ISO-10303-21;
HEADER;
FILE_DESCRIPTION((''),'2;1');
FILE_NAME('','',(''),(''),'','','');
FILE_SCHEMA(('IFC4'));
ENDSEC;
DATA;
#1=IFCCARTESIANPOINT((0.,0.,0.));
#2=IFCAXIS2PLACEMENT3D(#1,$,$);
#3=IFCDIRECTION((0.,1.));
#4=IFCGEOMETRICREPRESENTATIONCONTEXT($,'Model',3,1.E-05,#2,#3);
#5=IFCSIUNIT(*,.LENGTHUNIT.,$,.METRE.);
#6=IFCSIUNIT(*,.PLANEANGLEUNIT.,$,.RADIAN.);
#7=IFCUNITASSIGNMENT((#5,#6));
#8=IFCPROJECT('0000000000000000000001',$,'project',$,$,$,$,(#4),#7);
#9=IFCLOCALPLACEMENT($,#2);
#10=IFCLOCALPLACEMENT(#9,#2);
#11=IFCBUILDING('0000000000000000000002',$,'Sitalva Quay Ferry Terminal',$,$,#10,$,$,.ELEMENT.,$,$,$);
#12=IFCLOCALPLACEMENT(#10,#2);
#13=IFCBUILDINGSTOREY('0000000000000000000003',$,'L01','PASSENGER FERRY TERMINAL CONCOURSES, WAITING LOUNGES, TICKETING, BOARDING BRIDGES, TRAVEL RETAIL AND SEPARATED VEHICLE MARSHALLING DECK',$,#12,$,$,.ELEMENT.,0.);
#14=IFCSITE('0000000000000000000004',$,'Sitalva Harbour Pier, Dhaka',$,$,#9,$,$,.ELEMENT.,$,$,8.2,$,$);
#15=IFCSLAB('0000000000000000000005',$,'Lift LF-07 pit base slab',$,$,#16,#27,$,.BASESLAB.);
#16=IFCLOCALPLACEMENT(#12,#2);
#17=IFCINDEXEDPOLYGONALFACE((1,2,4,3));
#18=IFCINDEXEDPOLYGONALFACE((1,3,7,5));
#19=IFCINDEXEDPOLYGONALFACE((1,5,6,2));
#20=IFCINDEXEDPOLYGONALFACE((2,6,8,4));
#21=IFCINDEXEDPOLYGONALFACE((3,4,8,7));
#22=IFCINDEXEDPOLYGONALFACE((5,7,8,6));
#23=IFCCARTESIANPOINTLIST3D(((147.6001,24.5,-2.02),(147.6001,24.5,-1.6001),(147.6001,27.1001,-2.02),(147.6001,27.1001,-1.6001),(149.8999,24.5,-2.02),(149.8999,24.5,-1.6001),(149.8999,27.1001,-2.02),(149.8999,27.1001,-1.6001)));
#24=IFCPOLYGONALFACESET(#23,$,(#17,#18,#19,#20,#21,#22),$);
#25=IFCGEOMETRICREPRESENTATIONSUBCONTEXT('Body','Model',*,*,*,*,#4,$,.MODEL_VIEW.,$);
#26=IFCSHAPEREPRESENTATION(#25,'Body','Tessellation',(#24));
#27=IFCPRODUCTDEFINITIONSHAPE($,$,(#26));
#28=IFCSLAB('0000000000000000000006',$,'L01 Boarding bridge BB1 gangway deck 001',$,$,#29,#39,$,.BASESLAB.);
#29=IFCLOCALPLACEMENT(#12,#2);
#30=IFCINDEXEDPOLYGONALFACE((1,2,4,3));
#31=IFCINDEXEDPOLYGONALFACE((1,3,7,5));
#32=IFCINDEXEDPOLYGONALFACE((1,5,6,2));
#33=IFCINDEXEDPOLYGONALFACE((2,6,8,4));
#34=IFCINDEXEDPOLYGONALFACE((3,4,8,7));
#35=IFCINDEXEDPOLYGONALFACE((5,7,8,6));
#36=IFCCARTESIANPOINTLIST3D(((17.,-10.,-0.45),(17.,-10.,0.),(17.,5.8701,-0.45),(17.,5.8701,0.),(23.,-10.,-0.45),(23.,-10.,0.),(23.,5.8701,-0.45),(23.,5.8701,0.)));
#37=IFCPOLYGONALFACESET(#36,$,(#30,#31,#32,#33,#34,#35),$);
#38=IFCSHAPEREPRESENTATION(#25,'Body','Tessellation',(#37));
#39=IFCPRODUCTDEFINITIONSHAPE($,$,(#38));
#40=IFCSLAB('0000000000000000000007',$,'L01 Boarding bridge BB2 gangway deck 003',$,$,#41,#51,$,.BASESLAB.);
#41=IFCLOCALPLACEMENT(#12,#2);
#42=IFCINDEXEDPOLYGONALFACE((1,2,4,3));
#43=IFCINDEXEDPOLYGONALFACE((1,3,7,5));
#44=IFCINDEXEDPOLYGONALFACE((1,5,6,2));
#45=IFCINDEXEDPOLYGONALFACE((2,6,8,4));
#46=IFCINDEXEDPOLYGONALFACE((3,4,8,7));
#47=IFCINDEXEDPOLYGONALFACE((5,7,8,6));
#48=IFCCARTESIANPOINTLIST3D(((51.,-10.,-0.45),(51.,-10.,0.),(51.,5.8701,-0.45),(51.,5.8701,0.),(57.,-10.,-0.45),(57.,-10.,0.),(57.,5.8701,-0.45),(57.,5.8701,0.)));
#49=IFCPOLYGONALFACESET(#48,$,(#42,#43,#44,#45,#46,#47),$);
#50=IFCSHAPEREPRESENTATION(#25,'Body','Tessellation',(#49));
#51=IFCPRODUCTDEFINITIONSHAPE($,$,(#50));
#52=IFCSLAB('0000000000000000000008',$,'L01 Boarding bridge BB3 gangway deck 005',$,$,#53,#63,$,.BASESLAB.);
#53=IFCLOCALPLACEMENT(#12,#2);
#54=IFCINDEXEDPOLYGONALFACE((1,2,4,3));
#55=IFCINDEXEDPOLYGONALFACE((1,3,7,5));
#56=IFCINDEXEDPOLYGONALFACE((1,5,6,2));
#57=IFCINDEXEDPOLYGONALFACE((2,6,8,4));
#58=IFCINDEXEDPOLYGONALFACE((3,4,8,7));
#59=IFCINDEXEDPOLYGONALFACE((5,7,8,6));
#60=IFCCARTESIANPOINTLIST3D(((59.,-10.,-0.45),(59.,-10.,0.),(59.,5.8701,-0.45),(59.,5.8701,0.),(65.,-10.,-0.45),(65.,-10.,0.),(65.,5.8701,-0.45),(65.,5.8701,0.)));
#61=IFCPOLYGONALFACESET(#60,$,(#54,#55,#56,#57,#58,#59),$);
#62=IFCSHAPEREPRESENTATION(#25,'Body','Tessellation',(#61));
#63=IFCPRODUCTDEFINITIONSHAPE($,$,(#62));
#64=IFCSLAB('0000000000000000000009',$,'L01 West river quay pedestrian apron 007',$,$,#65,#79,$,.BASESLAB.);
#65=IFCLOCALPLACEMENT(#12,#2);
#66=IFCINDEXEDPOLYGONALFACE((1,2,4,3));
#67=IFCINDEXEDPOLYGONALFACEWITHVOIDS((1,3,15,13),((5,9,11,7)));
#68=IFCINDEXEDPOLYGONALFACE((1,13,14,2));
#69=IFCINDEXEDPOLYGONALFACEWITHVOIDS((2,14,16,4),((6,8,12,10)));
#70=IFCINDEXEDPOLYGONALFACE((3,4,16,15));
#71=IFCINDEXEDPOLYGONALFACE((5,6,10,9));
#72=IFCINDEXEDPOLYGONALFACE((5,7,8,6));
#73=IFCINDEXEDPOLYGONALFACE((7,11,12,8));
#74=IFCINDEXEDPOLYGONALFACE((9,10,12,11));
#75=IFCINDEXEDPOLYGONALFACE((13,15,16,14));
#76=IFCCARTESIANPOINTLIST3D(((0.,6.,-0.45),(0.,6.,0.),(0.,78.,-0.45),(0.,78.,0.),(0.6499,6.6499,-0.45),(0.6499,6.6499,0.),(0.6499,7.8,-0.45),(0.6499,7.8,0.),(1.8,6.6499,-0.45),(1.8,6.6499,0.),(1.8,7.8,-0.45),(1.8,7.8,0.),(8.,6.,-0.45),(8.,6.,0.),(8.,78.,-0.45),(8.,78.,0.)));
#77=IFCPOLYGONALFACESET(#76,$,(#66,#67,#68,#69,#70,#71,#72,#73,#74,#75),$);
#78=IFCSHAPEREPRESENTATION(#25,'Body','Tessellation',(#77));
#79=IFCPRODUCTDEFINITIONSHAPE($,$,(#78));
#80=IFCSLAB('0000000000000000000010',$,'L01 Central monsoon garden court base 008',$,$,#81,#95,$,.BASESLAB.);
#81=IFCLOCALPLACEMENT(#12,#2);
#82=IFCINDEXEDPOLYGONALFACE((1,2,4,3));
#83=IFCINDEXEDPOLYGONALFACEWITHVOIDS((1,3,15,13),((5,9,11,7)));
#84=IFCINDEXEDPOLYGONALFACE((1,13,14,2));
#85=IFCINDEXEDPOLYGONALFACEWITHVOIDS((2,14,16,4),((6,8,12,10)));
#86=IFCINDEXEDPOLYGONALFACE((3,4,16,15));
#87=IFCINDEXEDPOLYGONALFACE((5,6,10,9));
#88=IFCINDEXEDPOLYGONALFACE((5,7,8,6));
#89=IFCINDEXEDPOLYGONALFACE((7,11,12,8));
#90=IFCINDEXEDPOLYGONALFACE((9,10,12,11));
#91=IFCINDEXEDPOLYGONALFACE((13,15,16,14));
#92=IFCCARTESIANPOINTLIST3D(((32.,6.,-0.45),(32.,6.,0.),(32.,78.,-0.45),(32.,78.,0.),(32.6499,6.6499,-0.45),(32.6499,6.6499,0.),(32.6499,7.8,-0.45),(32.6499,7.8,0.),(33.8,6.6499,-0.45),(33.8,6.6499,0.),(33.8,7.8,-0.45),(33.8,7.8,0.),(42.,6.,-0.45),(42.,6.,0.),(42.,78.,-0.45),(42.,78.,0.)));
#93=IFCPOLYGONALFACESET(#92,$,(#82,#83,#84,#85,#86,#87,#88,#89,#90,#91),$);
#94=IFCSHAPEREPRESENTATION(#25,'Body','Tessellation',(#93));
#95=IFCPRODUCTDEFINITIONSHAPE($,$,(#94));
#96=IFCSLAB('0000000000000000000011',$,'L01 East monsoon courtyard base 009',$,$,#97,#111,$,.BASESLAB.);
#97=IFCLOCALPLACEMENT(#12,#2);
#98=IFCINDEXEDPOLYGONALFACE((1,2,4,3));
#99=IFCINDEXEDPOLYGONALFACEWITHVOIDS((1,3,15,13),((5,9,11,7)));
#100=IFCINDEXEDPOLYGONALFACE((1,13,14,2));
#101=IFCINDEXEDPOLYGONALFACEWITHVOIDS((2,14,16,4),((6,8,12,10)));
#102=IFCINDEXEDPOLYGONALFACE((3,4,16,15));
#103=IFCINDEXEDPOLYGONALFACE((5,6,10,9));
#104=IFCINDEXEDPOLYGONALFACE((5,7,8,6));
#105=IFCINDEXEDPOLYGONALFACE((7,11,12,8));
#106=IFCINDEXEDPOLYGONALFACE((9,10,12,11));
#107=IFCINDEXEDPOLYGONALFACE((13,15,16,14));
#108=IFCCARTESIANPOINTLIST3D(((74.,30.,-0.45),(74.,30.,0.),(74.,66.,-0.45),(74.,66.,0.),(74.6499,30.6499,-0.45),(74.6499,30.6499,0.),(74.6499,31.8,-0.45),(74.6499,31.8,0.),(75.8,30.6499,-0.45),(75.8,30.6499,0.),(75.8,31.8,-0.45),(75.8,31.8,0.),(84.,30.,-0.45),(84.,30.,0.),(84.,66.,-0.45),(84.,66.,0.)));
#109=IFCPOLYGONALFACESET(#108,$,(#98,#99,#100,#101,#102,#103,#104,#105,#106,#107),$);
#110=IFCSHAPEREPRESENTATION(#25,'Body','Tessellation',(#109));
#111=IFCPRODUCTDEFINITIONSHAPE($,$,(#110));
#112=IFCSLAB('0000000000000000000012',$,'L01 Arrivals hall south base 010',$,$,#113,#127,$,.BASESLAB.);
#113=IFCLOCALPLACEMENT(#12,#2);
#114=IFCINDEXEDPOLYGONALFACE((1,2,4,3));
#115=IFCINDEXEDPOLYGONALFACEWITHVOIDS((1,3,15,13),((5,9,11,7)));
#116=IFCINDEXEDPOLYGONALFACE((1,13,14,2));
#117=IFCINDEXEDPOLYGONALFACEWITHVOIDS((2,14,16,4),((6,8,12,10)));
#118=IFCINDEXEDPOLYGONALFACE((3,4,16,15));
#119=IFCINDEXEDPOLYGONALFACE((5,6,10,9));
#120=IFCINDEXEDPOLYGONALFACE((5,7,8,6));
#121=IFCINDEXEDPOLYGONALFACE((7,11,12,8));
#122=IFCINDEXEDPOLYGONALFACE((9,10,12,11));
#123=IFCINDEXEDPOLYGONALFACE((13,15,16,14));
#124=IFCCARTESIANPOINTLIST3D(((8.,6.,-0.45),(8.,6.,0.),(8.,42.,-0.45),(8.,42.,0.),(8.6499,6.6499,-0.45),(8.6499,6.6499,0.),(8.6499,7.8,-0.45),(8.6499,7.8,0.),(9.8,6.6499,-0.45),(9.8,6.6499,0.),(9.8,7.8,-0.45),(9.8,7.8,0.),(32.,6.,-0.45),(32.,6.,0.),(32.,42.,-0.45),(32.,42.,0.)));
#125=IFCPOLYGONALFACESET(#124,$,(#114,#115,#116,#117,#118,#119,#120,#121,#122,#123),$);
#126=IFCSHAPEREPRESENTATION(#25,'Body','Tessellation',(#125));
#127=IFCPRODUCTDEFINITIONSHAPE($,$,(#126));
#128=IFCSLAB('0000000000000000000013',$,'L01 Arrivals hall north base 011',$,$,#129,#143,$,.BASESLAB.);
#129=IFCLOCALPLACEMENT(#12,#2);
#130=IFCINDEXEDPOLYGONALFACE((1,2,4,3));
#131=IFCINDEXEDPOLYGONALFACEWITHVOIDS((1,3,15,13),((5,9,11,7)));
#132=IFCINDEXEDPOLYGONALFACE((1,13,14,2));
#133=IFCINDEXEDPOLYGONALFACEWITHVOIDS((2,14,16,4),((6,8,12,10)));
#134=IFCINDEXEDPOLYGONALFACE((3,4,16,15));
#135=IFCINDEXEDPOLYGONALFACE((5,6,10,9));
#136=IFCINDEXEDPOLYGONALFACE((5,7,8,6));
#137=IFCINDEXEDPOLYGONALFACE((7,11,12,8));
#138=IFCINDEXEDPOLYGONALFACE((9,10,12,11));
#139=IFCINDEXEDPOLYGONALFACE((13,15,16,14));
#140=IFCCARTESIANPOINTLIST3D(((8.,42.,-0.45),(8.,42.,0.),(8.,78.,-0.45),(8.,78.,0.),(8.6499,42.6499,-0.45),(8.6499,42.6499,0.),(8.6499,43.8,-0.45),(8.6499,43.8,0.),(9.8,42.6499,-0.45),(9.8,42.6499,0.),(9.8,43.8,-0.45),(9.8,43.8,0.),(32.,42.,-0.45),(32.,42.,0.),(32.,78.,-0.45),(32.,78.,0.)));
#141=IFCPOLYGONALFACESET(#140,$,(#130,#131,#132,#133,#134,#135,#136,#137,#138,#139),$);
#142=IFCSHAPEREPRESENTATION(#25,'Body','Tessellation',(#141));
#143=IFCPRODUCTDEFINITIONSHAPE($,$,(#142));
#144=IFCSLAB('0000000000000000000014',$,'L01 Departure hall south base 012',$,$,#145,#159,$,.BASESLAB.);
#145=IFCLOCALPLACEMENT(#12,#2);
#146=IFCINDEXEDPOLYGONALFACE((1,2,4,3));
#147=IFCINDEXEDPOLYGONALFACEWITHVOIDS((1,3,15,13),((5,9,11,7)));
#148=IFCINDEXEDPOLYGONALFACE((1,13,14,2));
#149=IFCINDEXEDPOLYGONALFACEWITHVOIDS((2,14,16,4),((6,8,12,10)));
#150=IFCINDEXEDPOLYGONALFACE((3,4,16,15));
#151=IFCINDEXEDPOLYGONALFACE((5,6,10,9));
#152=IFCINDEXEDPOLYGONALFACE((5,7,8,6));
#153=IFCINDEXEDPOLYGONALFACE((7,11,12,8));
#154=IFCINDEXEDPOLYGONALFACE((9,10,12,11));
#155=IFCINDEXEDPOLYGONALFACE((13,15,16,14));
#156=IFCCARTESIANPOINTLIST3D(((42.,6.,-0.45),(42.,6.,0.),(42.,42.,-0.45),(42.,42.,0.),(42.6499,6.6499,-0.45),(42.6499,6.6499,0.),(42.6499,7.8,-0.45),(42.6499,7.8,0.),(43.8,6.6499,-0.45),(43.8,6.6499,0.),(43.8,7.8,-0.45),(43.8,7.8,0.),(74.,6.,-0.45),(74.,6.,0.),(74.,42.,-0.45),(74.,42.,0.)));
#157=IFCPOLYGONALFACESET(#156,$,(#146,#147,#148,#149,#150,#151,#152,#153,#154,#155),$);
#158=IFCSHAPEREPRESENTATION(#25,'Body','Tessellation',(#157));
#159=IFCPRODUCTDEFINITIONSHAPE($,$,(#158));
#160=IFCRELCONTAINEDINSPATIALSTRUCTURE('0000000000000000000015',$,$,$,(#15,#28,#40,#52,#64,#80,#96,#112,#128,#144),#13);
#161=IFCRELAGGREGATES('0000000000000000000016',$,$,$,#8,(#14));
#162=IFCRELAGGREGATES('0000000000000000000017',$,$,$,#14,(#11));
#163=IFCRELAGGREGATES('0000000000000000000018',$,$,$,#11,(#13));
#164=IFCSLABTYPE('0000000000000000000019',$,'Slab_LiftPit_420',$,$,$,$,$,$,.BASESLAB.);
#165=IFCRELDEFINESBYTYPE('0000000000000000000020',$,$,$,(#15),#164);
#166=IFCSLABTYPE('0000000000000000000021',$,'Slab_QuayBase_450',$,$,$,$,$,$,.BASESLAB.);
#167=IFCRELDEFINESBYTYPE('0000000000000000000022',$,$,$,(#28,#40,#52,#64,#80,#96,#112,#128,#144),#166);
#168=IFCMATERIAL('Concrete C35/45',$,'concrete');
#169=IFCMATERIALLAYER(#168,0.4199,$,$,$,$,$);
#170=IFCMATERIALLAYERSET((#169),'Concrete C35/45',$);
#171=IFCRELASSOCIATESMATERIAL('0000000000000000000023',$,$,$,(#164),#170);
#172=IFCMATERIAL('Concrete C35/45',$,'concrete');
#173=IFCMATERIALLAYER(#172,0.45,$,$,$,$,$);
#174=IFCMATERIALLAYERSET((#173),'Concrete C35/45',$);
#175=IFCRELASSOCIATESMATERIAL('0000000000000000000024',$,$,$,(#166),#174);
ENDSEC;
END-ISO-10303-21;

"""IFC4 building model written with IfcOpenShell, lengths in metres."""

from ifc_helpers import new_model, si_unit, direction, frame, origin, place, context, subcontext, project, spatial, polyline, outline, extrude, material, layer, layer_set, type_object, element, save


model = new_model("IFC4")

# Units and contexts
model_context = context("Model", 3, precision=1e-05, world=origin(), true_north=direction((0.0, 1.0)))
body_context = subcontext(model_context, "Body", "Model", "MODEL_VIEW")
ifc_project = project(units=[si_unit("LENGTHUNIT", "METRE"), si_unit("PLANEANGLEUNIT", "RADIAN")], contexts=[model_context])

# Site, building, storey
site_placement = place(None, origin())
site = spatial("IfcSite", under=ifc_project, at=site_placement, Name="Sitalva Harbour Pier, Dhaka", CompositionType="ELEMENT", RefElevation=8.2)
building_placement = place(site_placement, origin())
building = spatial("IfcBuilding", under=site, at=building_placement, Name="Sitalva Quay Ferry Terminal", CompositionType="ELEMENT")
storey_placement = place(building_placement, origin())
storey = spatial("IfcBuildingStorey", under=building, at=storey_placement, Name="L01", Description="PASSENGER FERRY TERMINAL CONCOURSES, WAITING LOUNGES, TICKETING, BOARDING BRIDGES, TRAVEL RETAIL AND SEPARATED VEHICLE MARSHALLING DECK", CompositionType="ELEMENT", Elevation=0.0)

# Slabs
ifc_material_1 = material(Name="Concrete C35/45", Category="concrete")
ifc_layer_1 = layer(ifc_material_1, 0.4199)
ifc_layer_set_1 = layer_set([ifc_layer_1], Name="Concrete C35/45")
slab_type_1 = type_object("IfcSlabType", Name="Slab_LiftPit_420", PredefinedType="BASESLAB", material=ifc_layer_set_1)
slab_1_placement = place(storey_placement, frame((0.0, 0.0, -2.02)))
element("IfcSlab", 1, at=slab_1_placement, inside=storey, type_object=slab_type_1, Name="Lift LF-07 pit base slab", PredefinedType="BASESLAB", context=body_context, shape_type="SweptSolid", body=[
    extrude(outline(polyline([(147.6001, 24.5), (149.8999, 24.5), (149.8999, 27.1001), (147.6001, 27.1001), (147.6001, 24.5)])), origin(), (0.0, 0.0, 1.0), 0.4199),
])
ifc_material_2 = material(Name="Concrete C35/45", Category="concrete")
ifc_layer_2 = layer(ifc_material_2, 0.45)
ifc_layer_set_2 = layer_set([ifc_layer_2], Name="Concrete C35/45")
slab_type_2 = type_object("IfcSlabType", Name="Slab_QuayBase_450", PredefinedType="BASESLAB", material=ifc_layer_set_2)
slab_2_placement = place(storey_placement, frame((0.0, 0.0, -0.45)))
element("IfcSlab", 2, at=slab_2_placement, inside=storey, type_object=slab_type_2, Name="L01 Boarding bridge BB1 gangway deck 001", PredefinedType="BASESLAB", context=body_context, shape_type="SweptSolid", body=[
    extrude(outline(polyline([(17.0, -10.0), (23.0, -10.0), (23.0, 5.8701), (17.0, 5.8701), (17.0, -10.0)])), origin(), (0.0, 0.0, 1.0), 0.45),
])
slab_3_placement = place(storey_placement, frame((0.0, 0.0, -0.45)))
element("IfcSlab", 3, at=slab_3_placement, inside=storey, type_object=slab_type_2, Name="L01 Boarding bridge BB2 gangway deck 003", PredefinedType="BASESLAB", context=body_context, shape_type="SweptSolid", body=[
    extrude(outline(polyline([(51.0, -10.0), (57.0, -10.0), (57.0, 5.8701), (51.0, 5.8701), (51.0, -10.0)])), origin(), (0.0, 0.0, 1.0), 0.45),
])
slab_4_placement = place(storey_placement, frame((0.0, 0.0, -0.45)))
element("IfcSlab", 4, at=slab_4_placement, inside=storey, type_object=slab_type_2, Name="L01 Boarding bridge BB3 gangway deck 005", PredefinedType="BASESLAB", context=body_context, shape_type="SweptSolid", body=[
    extrude(outline(polyline([(59.0, -10.0), (65.0, -10.0), (65.0, 5.8701), (59.0, 5.8701), (59.0, -10.0)])), origin(), (0.0, 0.0, 1.0), 0.45),
])
slab_5_placement = place(storey_placement, frame((0.0, 0.0, -0.45)))
element("IfcSlab", 5, at=slab_5_placement, inside=storey, type_object=slab_type_2, Name="L01 West river quay pedestrian apron 007", PredefinedType="BASESLAB", context=body_context, shape_type="SweptSolid", body=[
    extrude(outline(polyline([(0.0, 6.0), (8.0, 6.0), (8.0, 78.0), (0.0, 78.0), (0.0, 6.0)]), holes=[polyline([(0.6499, 6.6499), (0.6499, 7.8), (1.8, 7.8), (1.8, 6.6499), (0.6499, 6.6499)])]), origin(), (0.0, 0.0, 1.0), 0.45),
])
slab_6_placement = place(storey_placement, frame((0.0, 0.0, -0.45)))
element("IfcSlab", 6, at=slab_6_placement, inside=storey, type_object=slab_type_2, Name="L01 Central monsoon garden court base 008", PredefinedType="BASESLAB", context=body_context, shape_type="SweptSolid", body=[
    extrude(outline(polyline([(32.0, 6.0), (42.0, 6.0), (42.0, 78.0), (32.0, 78.0), (32.0, 6.0)]), holes=[polyline([(32.6499, 6.6499), (32.6499, 7.8), (33.8, 7.8), (33.8, 6.6499), (32.6499, 6.6499)])]), origin(), (0.0, 0.0, 1.0), 0.45),
])
slab_7_placement = place(storey_placement, frame((0.0, 0.0, -0.45)))
element("IfcSlab", 7, at=slab_7_placement, inside=storey, type_object=slab_type_2, Name="L01 East monsoon courtyard base 009", PredefinedType="BASESLAB", context=body_context, shape_type="SweptSolid", body=[
    extrude(outline(polyline([(74.0, 30.0), (84.0, 30.0), (84.0, 66.0), (74.0, 66.0), (74.0, 30.0)]), holes=[polyline([(74.6499, 30.6499), (74.6499, 31.8), (75.8, 31.8), (75.8, 30.6499), (74.6499, 30.6499)])]), origin(), (0.0, 0.0, 1.0), 0.45),
])
slab_8_placement = place(storey_placement, frame((0.0, 0.0, -0.45)))
element("IfcSlab", 8, at=slab_8_placement, inside=storey, type_object=slab_type_2, Name="L01 Arrivals hall south base 010", PredefinedType="BASESLAB", context=body_context, shape_type="SweptSolid", body=[
    extrude(outline(polyline([(8.0, 6.0), (32.0, 6.0), (32.0, 42.0), (8.0, 42.0), (8.0, 6.0)]), holes=[polyline([(8.6499, 6.6499), (8.6499, 7.8), (9.8, 7.8), (9.8, 6.6499), (8.6499, 6.6499)])]), origin(), (0.0, 0.0, 1.0), 0.45),
])
slab_9_placement = place(storey_placement, frame((0.0, 0.0, -0.45)))
element("IfcSlab", 9, at=slab_9_placement, inside=storey, type_object=slab_type_2, Name="L01 Arrivals hall north base 011", PredefinedType="BASESLAB", context=body_context, shape_type="SweptSolid", body=[
    extrude(outline(polyline([(8.0, 42.0), (32.0, 42.0), (32.0, 78.0), (8.0, 78.0), (8.0, 42.0)]), holes=[polyline([(8.6499, 42.6499), (8.6499, 43.8), (9.8, 43.8), (9.8, 42.6499), (8.6499, 42.6499)])]), origin(), (0.0, 0.0, 1.0), 0.45),
])
slab_10_placement = place(storey_placement, frame((0.0, 0.0, -0.45)))
element("IfcSlab", 10, at=slab_10_placement, inside=storey, type_object=slab_type_2, Name="L01 Departure hall south base 012", PredefinedType="BASESLAB", context=body_context, shape_type="SweptSolid", body=[
    extrude(outline(polyline([(42.0, 6.0), (74.0, 6.0), (74.0, 42.0), (42.0, 42.0), (42.0, 6.0)]), holes=[polyline([(42.6499, 6.6499), (42.6499, 7.8), (43.8, 7.8), (43.8, 6.6499), (42.6499, 6.6499)])]), origin(), (0.0, 0.0, 1.0), 0.45),
])

save(model, "model.ifc")
